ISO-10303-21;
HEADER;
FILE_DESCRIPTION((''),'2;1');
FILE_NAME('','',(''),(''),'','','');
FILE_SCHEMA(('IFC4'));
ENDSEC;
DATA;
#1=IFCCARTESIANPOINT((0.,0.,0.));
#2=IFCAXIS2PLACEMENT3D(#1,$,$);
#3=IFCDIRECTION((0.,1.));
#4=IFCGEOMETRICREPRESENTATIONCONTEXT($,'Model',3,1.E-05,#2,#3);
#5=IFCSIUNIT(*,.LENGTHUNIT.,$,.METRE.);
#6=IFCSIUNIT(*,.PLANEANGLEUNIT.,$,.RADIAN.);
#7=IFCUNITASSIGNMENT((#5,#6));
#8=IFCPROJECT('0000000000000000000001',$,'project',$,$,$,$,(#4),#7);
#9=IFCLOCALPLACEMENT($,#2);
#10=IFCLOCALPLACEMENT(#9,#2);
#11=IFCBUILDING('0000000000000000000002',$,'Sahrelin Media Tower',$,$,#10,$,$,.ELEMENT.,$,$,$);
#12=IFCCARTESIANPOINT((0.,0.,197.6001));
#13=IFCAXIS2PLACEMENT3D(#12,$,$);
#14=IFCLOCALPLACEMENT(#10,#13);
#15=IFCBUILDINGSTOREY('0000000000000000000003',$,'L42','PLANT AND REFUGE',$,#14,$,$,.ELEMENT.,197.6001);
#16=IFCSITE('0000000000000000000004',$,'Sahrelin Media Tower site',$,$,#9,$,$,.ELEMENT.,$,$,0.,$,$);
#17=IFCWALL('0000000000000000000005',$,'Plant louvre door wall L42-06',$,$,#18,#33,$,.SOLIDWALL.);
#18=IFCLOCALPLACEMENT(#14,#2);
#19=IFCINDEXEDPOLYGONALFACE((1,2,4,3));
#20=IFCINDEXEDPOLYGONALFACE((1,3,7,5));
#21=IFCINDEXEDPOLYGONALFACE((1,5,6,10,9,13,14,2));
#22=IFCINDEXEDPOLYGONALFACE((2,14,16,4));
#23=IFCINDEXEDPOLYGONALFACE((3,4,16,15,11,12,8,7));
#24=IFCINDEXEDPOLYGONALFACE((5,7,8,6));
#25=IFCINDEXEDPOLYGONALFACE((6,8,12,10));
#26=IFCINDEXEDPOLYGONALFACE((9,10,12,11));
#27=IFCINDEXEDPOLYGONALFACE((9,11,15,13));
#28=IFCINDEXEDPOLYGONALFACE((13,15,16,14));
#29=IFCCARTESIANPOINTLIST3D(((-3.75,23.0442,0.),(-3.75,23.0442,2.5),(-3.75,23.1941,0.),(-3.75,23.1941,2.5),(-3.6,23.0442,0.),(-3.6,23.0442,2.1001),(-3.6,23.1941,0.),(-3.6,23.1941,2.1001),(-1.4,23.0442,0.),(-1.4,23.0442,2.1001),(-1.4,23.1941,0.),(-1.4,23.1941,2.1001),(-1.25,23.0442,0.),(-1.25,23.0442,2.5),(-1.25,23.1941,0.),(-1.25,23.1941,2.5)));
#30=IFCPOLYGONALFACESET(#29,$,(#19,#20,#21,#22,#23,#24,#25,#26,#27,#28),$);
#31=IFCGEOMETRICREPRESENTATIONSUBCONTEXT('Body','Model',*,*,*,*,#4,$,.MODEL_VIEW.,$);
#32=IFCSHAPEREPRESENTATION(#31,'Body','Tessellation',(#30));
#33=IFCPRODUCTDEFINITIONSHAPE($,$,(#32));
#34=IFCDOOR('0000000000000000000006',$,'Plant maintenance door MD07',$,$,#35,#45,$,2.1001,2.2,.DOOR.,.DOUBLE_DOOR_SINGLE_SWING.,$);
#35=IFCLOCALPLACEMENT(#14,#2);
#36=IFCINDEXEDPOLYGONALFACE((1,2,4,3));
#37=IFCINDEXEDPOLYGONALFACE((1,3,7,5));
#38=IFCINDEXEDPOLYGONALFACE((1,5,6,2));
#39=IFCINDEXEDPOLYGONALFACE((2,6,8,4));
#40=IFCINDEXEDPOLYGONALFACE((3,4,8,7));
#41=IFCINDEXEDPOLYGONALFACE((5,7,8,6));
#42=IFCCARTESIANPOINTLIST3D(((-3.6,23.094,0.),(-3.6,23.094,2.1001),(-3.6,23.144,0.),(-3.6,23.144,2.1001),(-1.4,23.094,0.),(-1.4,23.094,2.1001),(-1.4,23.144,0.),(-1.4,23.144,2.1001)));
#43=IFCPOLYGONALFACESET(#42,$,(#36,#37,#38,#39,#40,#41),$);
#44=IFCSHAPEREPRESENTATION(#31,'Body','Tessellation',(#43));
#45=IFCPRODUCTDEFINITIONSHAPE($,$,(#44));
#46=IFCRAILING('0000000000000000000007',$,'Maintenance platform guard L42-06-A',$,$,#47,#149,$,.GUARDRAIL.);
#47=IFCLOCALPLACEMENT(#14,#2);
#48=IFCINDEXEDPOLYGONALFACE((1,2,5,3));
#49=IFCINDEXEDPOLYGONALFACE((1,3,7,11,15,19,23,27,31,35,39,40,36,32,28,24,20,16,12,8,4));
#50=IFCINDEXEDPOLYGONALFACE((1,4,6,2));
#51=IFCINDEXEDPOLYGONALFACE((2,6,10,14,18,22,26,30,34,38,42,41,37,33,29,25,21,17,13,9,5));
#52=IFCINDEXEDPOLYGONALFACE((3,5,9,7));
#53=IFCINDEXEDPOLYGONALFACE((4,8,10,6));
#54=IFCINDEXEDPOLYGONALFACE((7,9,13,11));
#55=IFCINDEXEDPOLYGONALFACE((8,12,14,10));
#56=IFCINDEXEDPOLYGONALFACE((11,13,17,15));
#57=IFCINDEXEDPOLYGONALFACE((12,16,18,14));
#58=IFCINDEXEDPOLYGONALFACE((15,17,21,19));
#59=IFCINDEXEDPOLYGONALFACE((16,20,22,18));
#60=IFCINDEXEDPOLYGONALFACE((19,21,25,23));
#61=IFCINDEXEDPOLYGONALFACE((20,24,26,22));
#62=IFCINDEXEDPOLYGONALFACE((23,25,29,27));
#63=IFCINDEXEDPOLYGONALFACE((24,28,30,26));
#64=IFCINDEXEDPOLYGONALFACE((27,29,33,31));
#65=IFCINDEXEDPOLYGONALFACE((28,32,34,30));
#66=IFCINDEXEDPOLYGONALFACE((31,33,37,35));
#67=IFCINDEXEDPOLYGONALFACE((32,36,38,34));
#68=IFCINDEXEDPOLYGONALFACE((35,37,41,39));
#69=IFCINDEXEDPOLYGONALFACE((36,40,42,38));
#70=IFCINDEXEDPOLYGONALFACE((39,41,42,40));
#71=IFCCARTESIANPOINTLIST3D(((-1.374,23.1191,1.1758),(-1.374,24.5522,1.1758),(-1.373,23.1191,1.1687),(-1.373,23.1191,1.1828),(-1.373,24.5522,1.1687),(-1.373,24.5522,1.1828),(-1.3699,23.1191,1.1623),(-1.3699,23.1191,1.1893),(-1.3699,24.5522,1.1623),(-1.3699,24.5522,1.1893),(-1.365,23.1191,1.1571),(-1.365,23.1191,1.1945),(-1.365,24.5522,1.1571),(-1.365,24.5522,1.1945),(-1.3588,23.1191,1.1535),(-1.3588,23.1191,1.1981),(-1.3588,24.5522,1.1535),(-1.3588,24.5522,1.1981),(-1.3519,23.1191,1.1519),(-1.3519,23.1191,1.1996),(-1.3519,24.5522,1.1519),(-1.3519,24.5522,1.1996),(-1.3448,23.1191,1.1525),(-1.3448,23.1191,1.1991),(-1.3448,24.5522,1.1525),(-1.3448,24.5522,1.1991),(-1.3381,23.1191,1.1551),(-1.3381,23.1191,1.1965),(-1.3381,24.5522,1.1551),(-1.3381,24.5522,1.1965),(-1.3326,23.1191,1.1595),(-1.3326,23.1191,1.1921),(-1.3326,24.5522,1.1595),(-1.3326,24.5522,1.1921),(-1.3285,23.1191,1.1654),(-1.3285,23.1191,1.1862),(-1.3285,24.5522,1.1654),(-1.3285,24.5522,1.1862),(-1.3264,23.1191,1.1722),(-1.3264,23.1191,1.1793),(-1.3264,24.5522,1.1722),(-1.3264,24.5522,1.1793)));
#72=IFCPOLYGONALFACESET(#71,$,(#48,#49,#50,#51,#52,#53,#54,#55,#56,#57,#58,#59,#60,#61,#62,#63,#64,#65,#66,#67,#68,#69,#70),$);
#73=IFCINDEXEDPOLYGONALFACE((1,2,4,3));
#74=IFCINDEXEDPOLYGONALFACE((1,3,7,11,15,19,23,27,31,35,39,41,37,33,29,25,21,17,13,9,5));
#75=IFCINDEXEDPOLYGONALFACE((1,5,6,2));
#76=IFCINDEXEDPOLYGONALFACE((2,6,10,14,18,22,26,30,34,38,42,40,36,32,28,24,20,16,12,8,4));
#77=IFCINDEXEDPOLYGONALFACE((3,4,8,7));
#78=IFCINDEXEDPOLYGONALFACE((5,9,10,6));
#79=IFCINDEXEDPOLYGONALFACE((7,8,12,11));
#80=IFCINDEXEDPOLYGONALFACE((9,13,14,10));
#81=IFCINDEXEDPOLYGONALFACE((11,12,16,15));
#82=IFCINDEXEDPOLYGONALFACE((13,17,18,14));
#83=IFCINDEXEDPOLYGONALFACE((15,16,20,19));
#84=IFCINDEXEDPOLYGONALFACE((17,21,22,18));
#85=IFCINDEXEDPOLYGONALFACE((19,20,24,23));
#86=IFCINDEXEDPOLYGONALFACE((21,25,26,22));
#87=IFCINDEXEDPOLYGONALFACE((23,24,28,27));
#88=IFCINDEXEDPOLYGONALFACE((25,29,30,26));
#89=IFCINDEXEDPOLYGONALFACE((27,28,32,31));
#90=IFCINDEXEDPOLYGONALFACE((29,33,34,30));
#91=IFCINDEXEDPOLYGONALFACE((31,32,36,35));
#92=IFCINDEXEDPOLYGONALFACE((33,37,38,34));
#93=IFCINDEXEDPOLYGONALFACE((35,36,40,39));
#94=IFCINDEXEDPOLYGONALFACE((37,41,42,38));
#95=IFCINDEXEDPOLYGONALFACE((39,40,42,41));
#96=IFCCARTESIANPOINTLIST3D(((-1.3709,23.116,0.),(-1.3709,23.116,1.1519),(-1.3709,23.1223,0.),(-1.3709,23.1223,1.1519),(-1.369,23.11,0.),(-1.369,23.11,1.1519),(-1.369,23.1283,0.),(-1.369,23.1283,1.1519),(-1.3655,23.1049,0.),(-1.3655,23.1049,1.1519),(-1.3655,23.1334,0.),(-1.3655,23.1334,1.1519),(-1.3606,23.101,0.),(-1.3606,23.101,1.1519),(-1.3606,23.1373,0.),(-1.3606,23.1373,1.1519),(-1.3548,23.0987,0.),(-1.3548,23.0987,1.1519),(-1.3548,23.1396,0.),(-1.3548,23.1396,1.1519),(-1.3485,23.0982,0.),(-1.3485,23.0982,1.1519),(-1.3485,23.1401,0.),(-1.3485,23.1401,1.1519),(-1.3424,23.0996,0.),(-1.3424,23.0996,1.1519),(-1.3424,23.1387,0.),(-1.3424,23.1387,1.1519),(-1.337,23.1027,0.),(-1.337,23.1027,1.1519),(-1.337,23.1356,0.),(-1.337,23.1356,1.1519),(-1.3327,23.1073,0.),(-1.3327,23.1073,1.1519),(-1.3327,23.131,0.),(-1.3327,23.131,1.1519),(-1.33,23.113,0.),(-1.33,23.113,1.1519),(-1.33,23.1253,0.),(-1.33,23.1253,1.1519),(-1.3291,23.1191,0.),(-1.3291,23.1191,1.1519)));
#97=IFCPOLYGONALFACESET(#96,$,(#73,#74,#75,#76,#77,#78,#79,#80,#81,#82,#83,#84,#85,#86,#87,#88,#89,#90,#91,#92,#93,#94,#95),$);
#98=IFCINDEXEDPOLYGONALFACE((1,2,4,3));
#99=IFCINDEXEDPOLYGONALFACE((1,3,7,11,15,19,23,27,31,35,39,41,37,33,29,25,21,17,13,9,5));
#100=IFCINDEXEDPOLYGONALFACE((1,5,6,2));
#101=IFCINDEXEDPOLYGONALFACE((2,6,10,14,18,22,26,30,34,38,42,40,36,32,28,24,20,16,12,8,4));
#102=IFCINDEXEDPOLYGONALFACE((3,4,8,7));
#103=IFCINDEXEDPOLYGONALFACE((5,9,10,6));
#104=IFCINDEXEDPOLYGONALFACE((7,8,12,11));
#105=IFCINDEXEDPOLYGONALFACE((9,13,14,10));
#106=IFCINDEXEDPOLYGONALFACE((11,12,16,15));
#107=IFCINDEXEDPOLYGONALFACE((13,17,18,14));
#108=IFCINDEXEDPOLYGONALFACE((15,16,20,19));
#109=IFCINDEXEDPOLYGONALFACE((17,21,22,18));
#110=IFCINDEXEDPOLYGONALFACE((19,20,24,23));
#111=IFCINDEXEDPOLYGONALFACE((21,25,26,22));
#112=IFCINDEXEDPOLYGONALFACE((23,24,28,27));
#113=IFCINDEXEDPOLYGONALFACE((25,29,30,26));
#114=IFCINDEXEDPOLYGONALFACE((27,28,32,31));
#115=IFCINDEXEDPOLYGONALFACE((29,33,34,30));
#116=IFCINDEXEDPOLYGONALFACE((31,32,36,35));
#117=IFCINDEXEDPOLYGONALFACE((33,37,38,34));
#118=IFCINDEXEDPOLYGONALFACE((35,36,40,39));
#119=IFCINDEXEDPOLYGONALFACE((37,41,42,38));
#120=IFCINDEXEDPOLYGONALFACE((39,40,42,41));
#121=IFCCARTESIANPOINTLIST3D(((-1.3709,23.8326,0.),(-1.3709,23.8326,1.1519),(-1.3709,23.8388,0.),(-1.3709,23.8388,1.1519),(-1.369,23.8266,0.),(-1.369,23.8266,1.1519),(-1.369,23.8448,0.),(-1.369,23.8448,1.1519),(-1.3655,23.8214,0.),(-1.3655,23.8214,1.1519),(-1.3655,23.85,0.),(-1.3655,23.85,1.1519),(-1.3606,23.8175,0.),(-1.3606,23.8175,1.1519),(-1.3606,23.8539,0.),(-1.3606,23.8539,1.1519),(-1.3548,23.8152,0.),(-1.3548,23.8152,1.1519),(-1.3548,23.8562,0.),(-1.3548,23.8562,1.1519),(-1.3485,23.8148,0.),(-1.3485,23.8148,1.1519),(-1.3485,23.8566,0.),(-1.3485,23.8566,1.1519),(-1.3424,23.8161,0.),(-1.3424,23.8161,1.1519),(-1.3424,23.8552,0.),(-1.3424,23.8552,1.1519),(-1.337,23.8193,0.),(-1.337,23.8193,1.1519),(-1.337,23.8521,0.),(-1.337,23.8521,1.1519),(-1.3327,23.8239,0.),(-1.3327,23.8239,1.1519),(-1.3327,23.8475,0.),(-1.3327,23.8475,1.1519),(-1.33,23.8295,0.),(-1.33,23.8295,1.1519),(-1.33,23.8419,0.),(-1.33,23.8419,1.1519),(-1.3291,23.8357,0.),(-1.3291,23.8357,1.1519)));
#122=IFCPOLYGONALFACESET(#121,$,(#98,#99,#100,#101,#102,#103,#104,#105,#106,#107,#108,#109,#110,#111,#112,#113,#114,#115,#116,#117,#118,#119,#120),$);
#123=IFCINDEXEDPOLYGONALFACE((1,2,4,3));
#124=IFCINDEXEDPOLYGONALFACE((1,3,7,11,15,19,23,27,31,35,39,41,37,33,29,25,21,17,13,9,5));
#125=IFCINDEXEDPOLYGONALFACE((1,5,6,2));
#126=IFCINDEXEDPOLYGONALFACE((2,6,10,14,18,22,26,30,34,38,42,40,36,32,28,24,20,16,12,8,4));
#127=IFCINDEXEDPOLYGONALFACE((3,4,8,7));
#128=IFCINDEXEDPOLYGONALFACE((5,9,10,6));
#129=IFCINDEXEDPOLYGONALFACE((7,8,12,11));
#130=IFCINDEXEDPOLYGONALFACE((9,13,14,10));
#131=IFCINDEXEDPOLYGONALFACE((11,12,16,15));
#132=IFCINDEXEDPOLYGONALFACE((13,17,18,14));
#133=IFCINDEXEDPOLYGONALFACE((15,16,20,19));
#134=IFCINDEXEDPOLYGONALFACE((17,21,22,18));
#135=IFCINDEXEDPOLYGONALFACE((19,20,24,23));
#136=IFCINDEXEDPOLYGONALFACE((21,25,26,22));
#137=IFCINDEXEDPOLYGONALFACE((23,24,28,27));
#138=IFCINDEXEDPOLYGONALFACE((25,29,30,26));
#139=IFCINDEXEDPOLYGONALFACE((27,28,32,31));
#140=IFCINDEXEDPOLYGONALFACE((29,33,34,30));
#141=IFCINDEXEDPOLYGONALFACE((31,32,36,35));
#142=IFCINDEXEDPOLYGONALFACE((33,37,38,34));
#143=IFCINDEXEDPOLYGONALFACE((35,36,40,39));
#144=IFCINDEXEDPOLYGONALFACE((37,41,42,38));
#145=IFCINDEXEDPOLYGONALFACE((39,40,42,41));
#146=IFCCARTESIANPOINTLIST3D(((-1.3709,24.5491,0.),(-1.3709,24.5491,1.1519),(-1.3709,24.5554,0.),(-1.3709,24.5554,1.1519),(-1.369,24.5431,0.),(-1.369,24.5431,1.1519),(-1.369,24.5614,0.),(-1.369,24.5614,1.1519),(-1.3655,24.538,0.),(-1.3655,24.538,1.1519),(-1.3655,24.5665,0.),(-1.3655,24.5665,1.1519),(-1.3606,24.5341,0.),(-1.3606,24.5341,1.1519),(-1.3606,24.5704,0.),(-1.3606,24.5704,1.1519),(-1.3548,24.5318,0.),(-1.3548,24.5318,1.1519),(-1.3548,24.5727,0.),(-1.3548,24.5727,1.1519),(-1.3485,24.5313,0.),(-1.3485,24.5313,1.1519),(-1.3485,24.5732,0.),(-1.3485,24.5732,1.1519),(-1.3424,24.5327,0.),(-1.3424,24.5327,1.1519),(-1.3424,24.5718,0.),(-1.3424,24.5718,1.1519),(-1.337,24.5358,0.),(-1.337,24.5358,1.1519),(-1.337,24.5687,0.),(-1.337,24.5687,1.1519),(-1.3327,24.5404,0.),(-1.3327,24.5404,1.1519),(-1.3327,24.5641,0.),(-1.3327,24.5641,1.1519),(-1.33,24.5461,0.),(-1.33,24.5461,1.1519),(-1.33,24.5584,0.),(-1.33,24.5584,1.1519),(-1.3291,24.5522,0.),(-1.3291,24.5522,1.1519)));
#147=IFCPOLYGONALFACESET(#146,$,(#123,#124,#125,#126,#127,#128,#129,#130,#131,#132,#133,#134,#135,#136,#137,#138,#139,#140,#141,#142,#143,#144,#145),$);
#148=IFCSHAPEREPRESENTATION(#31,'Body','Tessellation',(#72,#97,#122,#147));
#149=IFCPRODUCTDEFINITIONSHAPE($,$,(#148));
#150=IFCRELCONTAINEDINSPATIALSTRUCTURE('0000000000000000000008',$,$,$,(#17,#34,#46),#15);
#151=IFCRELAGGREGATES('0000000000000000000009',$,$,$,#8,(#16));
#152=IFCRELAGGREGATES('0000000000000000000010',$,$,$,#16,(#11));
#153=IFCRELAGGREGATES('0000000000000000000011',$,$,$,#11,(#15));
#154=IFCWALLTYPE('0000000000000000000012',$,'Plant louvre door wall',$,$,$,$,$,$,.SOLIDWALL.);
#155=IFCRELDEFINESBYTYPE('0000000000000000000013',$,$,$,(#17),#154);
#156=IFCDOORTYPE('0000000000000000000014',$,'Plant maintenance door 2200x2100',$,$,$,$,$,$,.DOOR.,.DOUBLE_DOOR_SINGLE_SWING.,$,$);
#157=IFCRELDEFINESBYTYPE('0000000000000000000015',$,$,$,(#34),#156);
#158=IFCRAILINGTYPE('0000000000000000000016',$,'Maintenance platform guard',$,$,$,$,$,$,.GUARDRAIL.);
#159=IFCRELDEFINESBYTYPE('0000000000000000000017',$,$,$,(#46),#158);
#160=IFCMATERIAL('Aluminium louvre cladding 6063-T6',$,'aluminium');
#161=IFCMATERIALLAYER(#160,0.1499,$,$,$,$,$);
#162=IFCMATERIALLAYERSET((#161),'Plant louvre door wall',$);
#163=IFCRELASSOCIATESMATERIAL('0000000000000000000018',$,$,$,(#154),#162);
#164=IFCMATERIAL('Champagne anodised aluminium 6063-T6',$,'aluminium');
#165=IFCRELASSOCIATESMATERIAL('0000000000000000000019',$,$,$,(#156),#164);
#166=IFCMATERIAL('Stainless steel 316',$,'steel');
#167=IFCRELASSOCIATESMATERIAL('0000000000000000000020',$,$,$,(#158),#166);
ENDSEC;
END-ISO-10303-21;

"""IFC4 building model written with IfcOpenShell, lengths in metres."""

from ifc_helpers import new_model, si_unit, direction, frame, frame_2d, origin, origin_2d, place, context, subcontext, project, spatial, rectangle, circle, extrude, material, layer, layer_set, type_object, element, fill, save


model = new_model("IFC4")

# Units and contexts
model_context = context("Model", 3, precision=1e-05, world=origin(), true_north=direction((0.0, 1.0)))
body_context = subcontext(model_context, "Body", "Model", "MODEL_VIEW")
ifc_project = project(units=[si_unit("LENGTHUNIT", "METRE"), si_unit("PLANEANGLEUNIT", "RADIAN")], contexts=[model_context])

# Site, building, storey
site_placement = place(None, origin())
site = spatial("IfcSite", under=ifc_project, at=site_placement, Name="Sahrelin Media Tower site", CompositionType="ELEMENT", RefElevation=0.0)
building_placement = place(site_placement, origin())
building = spatial("IfcBuilding", under=site, at=building_placement, Name="Sahrelin Media Tower", CompositionType="ELEMENT")
storey_placement = place(building_placement, frame((0.0, 0.0, 197.6001)))
storey = spatial("IfcBuildingStorey", under=building, at=storey_placement, Name="L42", Description="PLANT AND REFUGE", CompositionType="ELEMENT", Elevation=197.6001)

# Wall, opening, door
ifc_material_1 = material(Name="Aluminium louvre cladding 6063-T6", Category="aluminium")
ifc_layer_1 = layer(ifc_material_1, 0.1499)
ifc_layer_set_1 = layer_set([ifc_layer_1], Name="Plant louvre door wall")
wall_type_1 = type_object("IfcWallType", Name="Plant louvre door wall", PredefinedType="SOLIDWALL", material=ifc_layer_set_1)
wall_1_placement = place(storey_placement, frame((-3.75, 23.1191, 0.0), z_axis=(0.0, 0.0, 1.0), x_axis=(1.0, 0.0, 0.0)))
wall_1 = element("IfcWall", 1, at=wall_1_placement, inside=storey, type_object=wall_type_1, Name="Plant louvre door wall L42-06", PredefinedType="SOLIDWALL", context=body_context, shape_type="SweptSolid", body=[
    extrude(rectangle(XDim=2.5, YDim=0.1499, at=frame_2d((1.25, 0.0))), origin(), (0.0, 0.0, 1.0), 2.5),
])
opening_placement = place(wall_1_placement, frame((0.1499, 0.0, 0.0)))
opening = element("IfcOpeningElement", 2, at=opening_placement, cuts=wall_1, PredefinedType="OPENING", context=body_context, shape_type="SweptSolid", body=[
    extrude(rectangle(XDim=2.2, YDim=2.1001, at=frame_2d((1.1001, 1.05))), frame((0.0, 0.075, 0.0), z_axis=(0.0, -1.0, 0.0), x_axis=(1.0, 0.0, 0.0)), (0.0, 0.0, 1.0), 0.1499),
])
ifc_material_2 = material(Name="Champagne anodised aluminium 6063-T6", Category="aluminium")
door_type = type_object("IfcDoorType", Name="Plant maintenance door 2200x2100", OperationType="DOUBLE_DOOR_SINGLE_SWING", PredefinedType="DOOR", material=ifc_material_2)
door_placement = place(opening_placement, origin())
door = element("IfcDoor", 3, at=door_placement, inside=storey, type_object=door_type, Name="Plant maintenance door MD07", OperationType="DOUBLE_DOOR_SINGLE_SWING", OverallHeight=2.1001, OverallWidth=2.2, PredefinedType="DOOR", context=body_context, shape_type="SweptSolid", body=[
    extrude(rectangle(XDim=2.2, YDim=2.1001, at=frame_2d((1.1001, 1.05))), frame((0.0, 0.0249, 0.0), z_axis=(0.0, -1.0, 0.0), x_axis=(1.0, 0.0, 0.0)), (0.0, 0.0, 1.0), 0.05),
])
fill(opening, door)

# Railing
ifc_material_3 = material(Name="Stainless steel 316", Category="steel")
railing_type = type_object("IfcRailingType", Name="Maintenance platform guard", PredefinedType="GUARDRAIL", material=ifc_material_3)
for number, where, name in (
    (4, (-1.3501, 23.1191, 0.0), "Maintenance platform guard L42-06-A"),
):
    element("IfcRailing", number, at=place(storey_placement, frame(where)), inside=storey, type_object=railing_type, Name=name, PredefinedType="GUARDRAIL", context=body_context, shape_type="SweptSolid", body=[
        extrude(circle(Radius=0.0239, at=origin_2d()), frame((0.0, 0.0, 1.1758), z_axis=(0.0, 1.0, 0.0), x_axis=(-1.0, 0.0, 0.0)), (0.0, 0.0, 1.0), 1.4331),
        extrude(circle(Radius=0.021, at=origin_2d()), origin(), (0.0, 0.0, 1.0), 1.1519),
        extrude(circle(Radius=0.021, at=origin_2d()), frame((0.0, 0.7166, 0.0)), (0.0, 0.0, 1.0), 1.1519),
        extrude(circle(Radius=0.021, at=origin_2d()), frame((0.0, 1.4331, 0.0)), (0.0, 0.0, 1.0), 1.1519),
    ])

save(model, "model.ifc")
